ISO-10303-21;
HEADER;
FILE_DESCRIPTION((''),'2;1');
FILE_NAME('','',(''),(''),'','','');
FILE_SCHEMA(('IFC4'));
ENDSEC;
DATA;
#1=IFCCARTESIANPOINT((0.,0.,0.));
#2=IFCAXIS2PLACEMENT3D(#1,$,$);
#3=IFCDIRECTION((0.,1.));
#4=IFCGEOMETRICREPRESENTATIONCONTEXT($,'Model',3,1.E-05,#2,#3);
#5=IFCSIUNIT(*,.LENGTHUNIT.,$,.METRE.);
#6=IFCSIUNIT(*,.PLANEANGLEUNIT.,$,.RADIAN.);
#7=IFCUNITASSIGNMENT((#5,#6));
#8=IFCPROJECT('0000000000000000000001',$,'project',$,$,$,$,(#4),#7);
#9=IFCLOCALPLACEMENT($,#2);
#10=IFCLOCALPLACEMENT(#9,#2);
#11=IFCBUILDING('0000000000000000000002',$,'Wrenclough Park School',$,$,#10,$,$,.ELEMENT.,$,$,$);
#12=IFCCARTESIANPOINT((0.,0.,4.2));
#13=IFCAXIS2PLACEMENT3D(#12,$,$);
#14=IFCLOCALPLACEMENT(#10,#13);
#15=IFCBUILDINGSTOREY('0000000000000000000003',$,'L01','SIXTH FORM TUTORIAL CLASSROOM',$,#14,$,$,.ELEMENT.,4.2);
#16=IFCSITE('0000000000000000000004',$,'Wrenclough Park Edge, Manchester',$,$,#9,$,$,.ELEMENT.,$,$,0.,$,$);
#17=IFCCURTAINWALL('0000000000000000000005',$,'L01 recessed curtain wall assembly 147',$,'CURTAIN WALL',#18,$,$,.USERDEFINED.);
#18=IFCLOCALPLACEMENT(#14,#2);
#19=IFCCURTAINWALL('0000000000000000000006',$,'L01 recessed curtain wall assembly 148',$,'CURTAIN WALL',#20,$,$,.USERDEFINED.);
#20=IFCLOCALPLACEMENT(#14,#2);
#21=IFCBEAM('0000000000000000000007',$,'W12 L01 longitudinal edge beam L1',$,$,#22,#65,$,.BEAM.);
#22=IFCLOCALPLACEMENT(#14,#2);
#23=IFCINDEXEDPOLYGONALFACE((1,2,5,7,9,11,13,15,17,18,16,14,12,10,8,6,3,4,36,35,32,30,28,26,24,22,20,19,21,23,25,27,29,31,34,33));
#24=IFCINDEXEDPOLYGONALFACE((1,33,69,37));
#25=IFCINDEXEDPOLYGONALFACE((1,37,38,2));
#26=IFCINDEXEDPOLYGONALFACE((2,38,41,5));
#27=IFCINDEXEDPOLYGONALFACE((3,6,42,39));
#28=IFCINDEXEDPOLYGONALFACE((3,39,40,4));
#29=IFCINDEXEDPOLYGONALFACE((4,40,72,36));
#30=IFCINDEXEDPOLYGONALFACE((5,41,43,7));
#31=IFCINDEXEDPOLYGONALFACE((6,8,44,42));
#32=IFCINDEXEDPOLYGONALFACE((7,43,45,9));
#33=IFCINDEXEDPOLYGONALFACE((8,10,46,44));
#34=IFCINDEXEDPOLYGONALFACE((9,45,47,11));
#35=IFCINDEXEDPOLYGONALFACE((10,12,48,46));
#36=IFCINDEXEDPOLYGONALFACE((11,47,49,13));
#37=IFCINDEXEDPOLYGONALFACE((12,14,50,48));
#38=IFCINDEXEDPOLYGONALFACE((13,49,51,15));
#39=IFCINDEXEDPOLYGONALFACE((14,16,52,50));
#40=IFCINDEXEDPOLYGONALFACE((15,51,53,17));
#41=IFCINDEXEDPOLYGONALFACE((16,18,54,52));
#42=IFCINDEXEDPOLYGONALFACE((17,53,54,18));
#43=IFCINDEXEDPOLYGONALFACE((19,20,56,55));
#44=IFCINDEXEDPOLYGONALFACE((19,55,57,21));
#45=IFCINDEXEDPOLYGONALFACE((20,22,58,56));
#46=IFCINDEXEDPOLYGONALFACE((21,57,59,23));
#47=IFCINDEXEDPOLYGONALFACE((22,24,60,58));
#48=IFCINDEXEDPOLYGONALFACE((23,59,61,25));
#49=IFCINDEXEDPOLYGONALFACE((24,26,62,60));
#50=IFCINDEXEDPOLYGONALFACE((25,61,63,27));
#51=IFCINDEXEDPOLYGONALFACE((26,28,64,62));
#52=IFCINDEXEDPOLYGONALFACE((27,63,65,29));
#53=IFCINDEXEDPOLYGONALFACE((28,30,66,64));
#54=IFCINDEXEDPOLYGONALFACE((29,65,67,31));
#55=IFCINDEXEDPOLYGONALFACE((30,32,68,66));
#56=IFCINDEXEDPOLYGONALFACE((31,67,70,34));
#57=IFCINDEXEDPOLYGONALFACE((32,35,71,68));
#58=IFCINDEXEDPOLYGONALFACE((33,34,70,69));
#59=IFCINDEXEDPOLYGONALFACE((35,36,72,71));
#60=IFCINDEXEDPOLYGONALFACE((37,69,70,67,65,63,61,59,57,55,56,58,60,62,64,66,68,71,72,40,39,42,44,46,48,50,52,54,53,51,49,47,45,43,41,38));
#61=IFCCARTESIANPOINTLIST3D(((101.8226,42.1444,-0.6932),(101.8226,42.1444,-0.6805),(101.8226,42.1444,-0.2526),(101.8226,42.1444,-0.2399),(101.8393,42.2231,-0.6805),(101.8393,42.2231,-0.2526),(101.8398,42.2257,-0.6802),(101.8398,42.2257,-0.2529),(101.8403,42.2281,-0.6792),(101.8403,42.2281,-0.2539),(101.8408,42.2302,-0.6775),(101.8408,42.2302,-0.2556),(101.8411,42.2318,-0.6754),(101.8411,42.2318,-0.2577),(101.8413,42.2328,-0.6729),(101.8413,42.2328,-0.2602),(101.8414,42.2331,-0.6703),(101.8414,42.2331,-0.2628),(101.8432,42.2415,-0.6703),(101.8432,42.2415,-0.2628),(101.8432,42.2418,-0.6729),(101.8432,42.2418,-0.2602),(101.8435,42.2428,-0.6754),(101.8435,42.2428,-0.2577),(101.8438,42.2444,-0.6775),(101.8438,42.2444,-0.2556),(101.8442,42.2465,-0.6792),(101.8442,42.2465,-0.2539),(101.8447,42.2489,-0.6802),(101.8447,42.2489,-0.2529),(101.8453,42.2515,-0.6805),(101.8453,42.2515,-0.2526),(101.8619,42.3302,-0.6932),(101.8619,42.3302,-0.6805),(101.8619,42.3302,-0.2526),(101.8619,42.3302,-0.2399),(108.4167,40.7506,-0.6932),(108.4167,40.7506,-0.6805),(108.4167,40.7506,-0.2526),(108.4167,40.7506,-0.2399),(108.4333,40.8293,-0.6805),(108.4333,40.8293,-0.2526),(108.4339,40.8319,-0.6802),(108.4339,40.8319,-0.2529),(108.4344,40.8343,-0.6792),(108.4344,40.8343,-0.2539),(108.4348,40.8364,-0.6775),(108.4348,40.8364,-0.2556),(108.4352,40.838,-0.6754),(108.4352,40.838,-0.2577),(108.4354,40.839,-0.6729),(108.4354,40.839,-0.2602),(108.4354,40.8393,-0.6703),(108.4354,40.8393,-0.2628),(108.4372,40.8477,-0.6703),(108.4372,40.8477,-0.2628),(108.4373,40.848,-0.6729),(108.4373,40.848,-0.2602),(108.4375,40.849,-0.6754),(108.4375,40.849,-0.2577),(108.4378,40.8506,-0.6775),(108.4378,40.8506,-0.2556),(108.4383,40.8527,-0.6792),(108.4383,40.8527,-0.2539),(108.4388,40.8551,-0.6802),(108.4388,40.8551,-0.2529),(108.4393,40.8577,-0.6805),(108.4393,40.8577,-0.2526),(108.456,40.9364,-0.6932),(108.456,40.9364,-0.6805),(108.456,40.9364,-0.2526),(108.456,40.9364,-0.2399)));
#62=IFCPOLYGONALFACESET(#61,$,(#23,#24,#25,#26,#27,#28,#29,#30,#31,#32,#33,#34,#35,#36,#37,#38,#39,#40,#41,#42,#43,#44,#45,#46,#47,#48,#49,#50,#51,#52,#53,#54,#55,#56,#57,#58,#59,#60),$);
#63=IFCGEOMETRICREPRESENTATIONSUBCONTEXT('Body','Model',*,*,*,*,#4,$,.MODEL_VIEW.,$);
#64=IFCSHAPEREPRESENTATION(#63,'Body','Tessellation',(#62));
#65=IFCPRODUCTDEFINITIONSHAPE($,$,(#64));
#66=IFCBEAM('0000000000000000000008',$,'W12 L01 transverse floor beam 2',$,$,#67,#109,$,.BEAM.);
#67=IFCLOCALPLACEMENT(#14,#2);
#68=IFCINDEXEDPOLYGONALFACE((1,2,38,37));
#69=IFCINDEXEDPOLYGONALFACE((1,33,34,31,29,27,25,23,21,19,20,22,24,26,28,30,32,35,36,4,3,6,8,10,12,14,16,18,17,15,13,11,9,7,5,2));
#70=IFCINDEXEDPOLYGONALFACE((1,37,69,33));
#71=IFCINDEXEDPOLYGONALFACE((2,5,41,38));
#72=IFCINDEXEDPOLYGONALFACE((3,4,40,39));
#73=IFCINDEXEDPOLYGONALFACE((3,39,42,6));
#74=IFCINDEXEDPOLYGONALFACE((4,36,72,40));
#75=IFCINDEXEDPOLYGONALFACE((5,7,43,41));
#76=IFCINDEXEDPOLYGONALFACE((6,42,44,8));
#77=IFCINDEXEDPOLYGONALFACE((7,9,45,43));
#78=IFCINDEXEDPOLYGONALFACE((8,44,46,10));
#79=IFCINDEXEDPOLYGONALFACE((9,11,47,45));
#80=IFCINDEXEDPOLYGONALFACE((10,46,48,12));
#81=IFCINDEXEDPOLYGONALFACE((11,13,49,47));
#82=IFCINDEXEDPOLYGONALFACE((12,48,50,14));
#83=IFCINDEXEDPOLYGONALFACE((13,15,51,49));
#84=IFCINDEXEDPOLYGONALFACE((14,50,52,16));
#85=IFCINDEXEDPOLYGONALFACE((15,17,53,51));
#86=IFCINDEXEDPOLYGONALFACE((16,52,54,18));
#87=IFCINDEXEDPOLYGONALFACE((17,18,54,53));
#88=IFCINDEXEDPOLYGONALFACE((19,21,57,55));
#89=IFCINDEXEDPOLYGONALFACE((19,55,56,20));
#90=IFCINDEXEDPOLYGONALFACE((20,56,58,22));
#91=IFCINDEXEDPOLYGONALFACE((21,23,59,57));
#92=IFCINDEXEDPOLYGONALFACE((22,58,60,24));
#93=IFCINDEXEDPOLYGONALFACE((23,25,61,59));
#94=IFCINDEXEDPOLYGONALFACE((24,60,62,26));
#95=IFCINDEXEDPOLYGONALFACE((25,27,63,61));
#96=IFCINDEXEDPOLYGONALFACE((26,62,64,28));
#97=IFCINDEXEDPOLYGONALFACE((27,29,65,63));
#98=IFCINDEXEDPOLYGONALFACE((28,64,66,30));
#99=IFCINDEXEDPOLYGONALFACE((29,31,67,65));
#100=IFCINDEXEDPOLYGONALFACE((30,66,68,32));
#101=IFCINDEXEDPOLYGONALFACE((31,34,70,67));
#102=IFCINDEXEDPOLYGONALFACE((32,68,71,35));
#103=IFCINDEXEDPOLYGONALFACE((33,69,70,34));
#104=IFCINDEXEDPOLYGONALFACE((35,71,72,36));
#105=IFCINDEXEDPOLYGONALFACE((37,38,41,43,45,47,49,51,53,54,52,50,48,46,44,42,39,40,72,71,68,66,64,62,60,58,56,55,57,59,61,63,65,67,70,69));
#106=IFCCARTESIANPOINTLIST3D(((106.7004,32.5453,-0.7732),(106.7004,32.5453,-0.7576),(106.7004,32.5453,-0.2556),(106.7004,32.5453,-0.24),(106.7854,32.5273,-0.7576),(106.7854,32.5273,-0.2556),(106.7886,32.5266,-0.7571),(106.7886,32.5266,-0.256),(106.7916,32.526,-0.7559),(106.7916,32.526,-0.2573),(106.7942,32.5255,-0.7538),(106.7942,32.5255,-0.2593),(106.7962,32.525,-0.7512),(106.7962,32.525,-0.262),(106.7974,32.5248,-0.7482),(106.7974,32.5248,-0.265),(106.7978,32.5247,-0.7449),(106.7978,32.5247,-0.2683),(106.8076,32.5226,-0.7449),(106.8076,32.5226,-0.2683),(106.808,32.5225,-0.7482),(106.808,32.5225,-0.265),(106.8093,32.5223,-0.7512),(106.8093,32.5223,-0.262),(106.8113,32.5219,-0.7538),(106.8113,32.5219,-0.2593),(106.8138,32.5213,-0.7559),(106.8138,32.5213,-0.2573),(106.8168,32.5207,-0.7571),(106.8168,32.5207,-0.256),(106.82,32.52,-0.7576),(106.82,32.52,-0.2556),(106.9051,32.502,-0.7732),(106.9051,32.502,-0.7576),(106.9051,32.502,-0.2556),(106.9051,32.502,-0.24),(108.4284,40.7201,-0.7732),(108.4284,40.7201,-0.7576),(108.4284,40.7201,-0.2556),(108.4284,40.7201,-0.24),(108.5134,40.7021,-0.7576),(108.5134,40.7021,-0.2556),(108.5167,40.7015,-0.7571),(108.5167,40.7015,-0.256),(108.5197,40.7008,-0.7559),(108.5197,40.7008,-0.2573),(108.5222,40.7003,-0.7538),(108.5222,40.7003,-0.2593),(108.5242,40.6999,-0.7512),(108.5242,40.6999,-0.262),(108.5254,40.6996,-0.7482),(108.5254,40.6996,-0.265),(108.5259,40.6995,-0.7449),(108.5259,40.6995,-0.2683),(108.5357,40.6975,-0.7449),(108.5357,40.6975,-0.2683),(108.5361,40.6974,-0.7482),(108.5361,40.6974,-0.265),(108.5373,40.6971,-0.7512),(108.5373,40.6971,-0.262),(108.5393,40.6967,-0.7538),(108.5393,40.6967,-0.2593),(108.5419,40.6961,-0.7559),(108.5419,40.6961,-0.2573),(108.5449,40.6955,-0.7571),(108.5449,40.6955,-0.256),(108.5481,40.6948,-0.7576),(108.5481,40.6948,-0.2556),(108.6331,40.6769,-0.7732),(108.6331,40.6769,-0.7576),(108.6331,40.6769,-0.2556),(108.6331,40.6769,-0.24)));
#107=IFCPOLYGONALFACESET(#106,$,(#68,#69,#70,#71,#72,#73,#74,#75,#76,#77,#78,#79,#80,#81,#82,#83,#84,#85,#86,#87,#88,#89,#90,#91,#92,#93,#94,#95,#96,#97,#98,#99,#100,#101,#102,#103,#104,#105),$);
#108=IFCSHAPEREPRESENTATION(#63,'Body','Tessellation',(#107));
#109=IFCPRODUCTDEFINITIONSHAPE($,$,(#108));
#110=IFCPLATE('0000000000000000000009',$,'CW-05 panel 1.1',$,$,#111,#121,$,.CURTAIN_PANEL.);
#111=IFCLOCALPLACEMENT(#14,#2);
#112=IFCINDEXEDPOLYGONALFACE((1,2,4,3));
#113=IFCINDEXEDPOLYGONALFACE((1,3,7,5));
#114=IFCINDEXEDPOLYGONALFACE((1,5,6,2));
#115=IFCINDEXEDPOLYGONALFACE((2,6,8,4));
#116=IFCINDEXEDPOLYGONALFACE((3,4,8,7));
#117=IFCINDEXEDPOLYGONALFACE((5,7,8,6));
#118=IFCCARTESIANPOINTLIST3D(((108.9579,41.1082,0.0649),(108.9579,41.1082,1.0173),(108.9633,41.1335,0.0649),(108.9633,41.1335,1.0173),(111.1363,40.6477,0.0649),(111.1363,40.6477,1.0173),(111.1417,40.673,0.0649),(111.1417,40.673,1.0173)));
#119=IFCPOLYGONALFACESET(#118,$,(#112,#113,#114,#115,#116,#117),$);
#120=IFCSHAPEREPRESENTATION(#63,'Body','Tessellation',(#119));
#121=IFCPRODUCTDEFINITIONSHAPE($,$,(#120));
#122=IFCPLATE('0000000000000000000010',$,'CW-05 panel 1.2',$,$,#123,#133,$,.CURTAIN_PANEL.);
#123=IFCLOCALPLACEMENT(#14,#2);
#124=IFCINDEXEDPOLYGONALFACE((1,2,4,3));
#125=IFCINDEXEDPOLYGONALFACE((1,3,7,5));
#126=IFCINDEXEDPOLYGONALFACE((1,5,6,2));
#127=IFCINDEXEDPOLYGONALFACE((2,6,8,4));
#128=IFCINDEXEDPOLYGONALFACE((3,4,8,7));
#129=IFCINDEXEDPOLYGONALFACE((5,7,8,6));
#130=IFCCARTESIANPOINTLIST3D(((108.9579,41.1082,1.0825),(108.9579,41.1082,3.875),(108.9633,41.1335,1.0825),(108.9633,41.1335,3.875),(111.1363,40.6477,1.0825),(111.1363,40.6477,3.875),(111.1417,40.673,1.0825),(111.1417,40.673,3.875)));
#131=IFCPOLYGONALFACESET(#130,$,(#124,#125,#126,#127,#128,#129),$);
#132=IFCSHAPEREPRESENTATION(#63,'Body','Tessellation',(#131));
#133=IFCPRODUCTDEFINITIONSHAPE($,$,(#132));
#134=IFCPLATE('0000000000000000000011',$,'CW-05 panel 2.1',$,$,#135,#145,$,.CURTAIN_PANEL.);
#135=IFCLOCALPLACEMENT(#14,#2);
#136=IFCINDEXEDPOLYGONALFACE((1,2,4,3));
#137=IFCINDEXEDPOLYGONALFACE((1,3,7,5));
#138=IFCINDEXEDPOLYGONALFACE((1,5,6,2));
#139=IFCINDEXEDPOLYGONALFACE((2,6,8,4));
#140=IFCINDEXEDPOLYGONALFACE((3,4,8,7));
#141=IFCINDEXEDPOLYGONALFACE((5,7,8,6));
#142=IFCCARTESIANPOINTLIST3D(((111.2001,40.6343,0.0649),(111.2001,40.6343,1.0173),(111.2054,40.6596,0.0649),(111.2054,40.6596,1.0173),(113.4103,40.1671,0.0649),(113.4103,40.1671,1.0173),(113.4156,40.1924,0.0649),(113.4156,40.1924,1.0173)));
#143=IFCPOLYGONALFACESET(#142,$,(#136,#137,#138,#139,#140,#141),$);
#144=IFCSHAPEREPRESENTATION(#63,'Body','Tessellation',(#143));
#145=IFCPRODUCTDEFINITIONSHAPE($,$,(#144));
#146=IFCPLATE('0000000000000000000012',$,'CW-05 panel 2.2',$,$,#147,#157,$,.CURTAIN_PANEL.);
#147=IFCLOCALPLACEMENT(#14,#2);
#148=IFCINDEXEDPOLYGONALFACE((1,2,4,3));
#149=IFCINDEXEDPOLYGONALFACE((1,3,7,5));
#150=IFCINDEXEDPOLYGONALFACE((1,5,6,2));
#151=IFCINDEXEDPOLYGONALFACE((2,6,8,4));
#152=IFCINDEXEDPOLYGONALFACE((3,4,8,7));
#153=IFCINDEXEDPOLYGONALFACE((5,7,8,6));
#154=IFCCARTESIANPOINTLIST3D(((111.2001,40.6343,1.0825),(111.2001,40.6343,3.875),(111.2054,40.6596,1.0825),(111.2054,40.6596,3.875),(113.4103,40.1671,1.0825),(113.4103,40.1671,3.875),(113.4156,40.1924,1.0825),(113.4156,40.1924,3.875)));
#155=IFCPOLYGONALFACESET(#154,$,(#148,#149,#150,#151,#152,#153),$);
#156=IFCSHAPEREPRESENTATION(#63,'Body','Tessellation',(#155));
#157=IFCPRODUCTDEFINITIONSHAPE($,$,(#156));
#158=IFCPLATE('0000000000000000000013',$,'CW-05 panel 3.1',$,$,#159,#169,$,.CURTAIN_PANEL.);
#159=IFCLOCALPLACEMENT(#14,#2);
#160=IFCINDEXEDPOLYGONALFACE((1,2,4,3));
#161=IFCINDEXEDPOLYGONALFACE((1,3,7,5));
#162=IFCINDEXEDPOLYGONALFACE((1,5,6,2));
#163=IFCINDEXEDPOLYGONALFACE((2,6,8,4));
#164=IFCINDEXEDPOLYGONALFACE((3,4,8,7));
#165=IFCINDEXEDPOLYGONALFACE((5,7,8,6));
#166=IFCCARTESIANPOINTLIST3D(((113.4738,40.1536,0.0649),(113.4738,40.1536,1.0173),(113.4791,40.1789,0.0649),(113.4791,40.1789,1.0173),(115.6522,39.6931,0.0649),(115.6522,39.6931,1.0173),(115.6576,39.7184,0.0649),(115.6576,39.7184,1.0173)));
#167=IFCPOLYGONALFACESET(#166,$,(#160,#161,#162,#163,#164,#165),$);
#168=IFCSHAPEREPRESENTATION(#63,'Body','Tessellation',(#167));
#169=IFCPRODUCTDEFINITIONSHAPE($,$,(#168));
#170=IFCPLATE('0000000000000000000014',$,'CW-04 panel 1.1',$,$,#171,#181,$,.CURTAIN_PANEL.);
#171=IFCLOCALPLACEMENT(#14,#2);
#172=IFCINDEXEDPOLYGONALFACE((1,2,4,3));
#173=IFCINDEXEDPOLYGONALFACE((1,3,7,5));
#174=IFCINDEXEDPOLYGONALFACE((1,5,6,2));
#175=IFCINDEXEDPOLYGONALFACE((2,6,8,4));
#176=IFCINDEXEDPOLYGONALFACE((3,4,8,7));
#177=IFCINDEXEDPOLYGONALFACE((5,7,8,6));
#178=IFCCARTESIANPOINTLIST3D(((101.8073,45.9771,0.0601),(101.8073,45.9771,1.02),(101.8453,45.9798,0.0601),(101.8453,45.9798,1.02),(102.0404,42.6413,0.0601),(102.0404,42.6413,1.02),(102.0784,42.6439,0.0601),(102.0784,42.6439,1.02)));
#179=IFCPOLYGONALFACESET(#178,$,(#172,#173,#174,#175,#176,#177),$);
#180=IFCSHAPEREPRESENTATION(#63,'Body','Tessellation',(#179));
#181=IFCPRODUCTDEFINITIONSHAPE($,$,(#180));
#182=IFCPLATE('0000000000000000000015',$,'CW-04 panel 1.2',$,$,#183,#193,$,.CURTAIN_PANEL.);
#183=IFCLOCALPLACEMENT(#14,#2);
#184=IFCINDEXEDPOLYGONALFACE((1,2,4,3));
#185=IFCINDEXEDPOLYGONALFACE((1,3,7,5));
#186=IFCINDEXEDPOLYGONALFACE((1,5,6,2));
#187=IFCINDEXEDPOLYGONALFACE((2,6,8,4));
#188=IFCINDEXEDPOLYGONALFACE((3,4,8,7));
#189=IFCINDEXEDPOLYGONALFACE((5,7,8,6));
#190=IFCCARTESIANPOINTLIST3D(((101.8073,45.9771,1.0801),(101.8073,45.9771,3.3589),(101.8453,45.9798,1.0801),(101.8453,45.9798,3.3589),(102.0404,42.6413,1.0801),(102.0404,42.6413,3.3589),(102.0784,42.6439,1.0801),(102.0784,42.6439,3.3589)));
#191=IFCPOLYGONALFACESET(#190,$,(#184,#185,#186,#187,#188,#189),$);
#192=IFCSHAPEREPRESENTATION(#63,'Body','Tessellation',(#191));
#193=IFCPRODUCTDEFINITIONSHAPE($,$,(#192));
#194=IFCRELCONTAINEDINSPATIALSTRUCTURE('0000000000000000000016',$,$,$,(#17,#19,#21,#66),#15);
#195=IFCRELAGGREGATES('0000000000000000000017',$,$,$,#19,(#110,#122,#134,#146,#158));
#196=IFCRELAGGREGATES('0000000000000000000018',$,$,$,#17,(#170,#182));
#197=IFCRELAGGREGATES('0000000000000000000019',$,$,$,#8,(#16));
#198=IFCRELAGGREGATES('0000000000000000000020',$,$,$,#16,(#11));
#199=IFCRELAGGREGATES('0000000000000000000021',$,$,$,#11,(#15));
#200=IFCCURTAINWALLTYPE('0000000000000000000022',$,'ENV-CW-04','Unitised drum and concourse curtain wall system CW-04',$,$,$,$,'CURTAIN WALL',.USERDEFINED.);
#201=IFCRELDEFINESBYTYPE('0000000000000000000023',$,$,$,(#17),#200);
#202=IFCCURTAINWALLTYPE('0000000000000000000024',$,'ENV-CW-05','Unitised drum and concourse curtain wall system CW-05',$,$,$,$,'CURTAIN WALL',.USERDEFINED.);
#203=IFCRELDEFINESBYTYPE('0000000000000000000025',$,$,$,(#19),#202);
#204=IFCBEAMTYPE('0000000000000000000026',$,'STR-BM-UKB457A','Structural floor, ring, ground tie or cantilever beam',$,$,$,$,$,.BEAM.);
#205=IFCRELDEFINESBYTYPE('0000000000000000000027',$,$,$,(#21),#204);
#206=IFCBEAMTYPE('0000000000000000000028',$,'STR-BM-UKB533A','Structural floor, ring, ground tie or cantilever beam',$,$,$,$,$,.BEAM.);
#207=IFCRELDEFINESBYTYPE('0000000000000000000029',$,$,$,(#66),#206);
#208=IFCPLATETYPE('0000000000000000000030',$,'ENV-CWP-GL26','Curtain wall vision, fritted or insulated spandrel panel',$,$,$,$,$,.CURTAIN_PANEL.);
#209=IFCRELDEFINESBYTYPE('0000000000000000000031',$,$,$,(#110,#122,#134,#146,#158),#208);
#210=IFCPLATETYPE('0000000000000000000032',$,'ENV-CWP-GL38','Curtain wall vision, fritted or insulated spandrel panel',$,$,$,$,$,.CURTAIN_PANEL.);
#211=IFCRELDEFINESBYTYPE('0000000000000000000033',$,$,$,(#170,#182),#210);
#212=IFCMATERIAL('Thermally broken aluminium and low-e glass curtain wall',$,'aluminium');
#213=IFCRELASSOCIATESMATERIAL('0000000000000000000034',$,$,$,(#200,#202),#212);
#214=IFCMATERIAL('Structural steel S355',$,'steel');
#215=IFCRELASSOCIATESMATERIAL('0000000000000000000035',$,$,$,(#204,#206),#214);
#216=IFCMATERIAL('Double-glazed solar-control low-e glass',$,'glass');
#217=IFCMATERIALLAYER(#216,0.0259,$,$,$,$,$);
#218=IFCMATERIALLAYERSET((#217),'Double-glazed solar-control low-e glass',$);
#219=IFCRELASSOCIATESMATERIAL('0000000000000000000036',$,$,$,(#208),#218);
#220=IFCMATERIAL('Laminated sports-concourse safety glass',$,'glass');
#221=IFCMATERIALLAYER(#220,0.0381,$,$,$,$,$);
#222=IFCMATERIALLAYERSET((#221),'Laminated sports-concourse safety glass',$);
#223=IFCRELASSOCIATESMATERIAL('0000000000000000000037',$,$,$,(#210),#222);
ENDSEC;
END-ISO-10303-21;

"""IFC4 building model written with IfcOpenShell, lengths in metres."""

from ifc_helpers import new_model, si_unit, direction, frame, origin, origin_2d, place, context, subcontext, project, spatial, rectangle, i_section, extrude, material, layer, layer_set, material_profile, profile_set, type_object, element, aggregate, save


model = new_model("IFC4")

# Units and contexts
model_context = context("Model", 3, precision=1e-05, world=origin(), true_north=direction((0.0, 1.0)))
body_context = subcontext(model_context, "Body", "Model", "MODEL_VIEW")
ifc_project = project(units=[si_unit("LENGTHUNIT", "METRE"), si_unit("PLANEANGLEUNIT", "RADIAN")], contexts=[model_context])

# Site, building, storey
site_placement = place(None, origin())
site = spatial("IfcSite", under=ifc_project, at=site_placement, Name="Wrenclough Park Edge, Manchester", CompositionType="ELEMENT", RefElevation=0.0)
building_placement = place(site_placement, origin())
building = spatial("IfcBuilding", under=site, at=building_placement, Name="Wrenclough Park School", CompositionType="ELEMENT")
storey_placement = place(building_placement, frame((0.0, 0.0, 4.2)))
storey = spatial("IfcBuildingStorey", under=building, at=storey_placement, Name="L01", Description="SIXTH FORM TUTORIAL CLASSROOM", CompositionType="ELEMENT", Elevation=4.2)

# Shared definitions
ifc_material_1 = material(Name="Structural steel S355", Category="steel")

# Curtain wall
ifc_material_2 = material(Name="Thermally broken aluminium and low-e glass curtain wall", Category="aluminium")
curtain_wall_type_1 = type_object("IfcCurtainWallType", Name="ENV-CW-04", Description="Unitised drum and concourse curtain wall system CW-04", ElementType="CURTAIN WALL", PredefinedType="USERDEFINED", material=ifc_material_2)
curtain_wall_1_placement = place(storey_placement, origin())
curtain_wall_1 = element("IfcCurtainWall", 1, at=curtain_wall_1_placement, inside=storey, type_object=curtain_wall_type_1, Name="L01 recessed curtain wall assembly 147", ObjectType="CURTAIN WALL", PredefinedType="USERDEFINED")

# Curtain wall
curtain_wall_type_2 = type_object("IfcCurtainWallType", Name="ENV-CW-05", Description="Unitised drum and concourse curtain wall system CW-05", ElementType="CURTAIN WALL", PredefinedType="USERDEFINED", material=ifc_material_2)
curtain_wall_2_placement = place(storey_placement, origin())
curtain_wall_2 = element("IfcCurtainWall", 2, at=curtain_wall_2_placement, inside=storey, type_object=curtain_wall_type_2, Name="L01 recessed curtain wall assembly 148", ObjectType="CURTAIN WALL", PredefinedType="USERDEFINED")

# Beams
ifc_material_profile_1 = material_profile(ifc_material_1, i_section(OverallWidth=0.1899, OverallDepth=0.4534, WebThickness=0.0085, FlangeThickness=0.0127, FilletRadius=0.0103, at=origin_2d()), Name="UKB 457x191x67")
ifc_profile_set_1 = profile_set([ifc_material_profile_1], Name="Structural steel S355")
beam_type_1 = type_object("IfcBeamType", Name="STR-BM-UKB457A", Description="Structural floor, ring, ground tie or cantilever beam", PredefinedType="BEAM", material=ifc_profile_set_1)
beam_1_placement = place(storey_placement, frame((101.8423, 42.2373, -0.4666), z_axis=(0.978382, -0.206805, 0.0), x_axis=(0.206805, 0.978382, 0.0)))
element("IfcBeam", 3, at=beam_1_placement, inside=storey, type_object=beam_type_1, Name="W12 L01 longitudinal edge beam L1", PredefinedType="BEAM", context=body_context, shape_type="SweptSolid", body=[
    extrude(i_section(OverallWidth=0.1899, OverallDepth=0.4534, WebThickness=0.0085, FlangeThickness=0.0127, FilletRadius=0.0103, at=origin_2d()), origin(), (0.0, 0.0, 1.0), 6.7397),
])
ifc_material_profile_2 = material_profile(ifc_material_1, i_section(OverallWidth=0.2092, OverallDepth=0.5332, WebThickness=0.01, FlangeThickness=0.0156, FilletRadius=0.0127, at=origin_2d()), Name="UKB 533x210x92")
ifc_profile_set_2 = profile_set([ifc_material_profile_2], Name="Structural steel S355")
beam_type_2 = type_object("IfcBeamType", Name="STR-BM-UKB533A", Description="Structural floor, ring, ground tie or cantilever beam", PredefinedType="BEAM", material=ifc_profile_set_2)
beam_2_placement = place(storey_placement, frame((108.5308, 40.6985, -0.5066), z_axis=(-0.206814, -0.97838, 0.0), x_axis=(0.97838, -0.206814, 0.0)))
element("IfcBeam", 4, at=beam_2_placement, inside=storey, type_object=beam_type_2, Name="W12 L01 transverse floor beam 2", PredefinedType="BEAM", context=body_context, shape_type="SweptSolid", body=[
    extrude(i_section(OverallWidth=0.2092, OverallDepth=0.5332, WebThickness=0.01, FlangeThickness=0.0156, FilletRadius=0.0127, at=origin_2d()), origin(), (0.0, 0.0, 1.0), 8.3555),
])

# Plates
ifc_material_3 = material(Name="Double-glazed solar-control low-e glass", Category="glass")
ifc_layer_1 = layer(ifc_material_3, 0.0259)
ifc_layer_set_1 = layer_set([ifc_layer_1], Name="Double-glazed solar-control low-e glass")
plate_type_1 = type_object("IfcPlateType", Name="ENV-CWP-GL26", Description="Curtain wall vision, fritted or insulated spandrel panel", PredefinedType="CURTAIN_PANEL", material=ifc_layer_set_1)
plate_1_placement = place(storey_placement, frame((110.0498, 40.8906, 0.0649), z_axis=(0.0, 0.0, 1.0), x_axis=(0.978379, -0.20682, 0.0)))
plate_1 = element("IfcPlate", 5, at=plate_1_placement, type_object=plate_type_1, Name="CW-05 panel 1.1", PredefinedType="CURTAIN_PANEL", context=body_context, shape_type="SweptSolid", body=[
    extrude(rectangle(XDim=2.2266, YDim=0.0259, at=origin_2d()), origin(), (0.0, 0.0, 1.0), 0.9524),
])
plate_2_placement = place(storey_placement, frame((110.0498, 40.8906, 1.0825), z_axis=(0.0, 0.0, 1.0), x_axis=(0.978379, -0.20682, 0.0)))
plate_2 = element("IfcPlate", 6, at=plate_2_placement, type_object=plate_type_1, Name="CW-05 panel 1.2", PredefinedType="CURTAIN_PANEL", context=body_context, shape_type="SweptSolid", body=[
    extrude(rectangle(XDim=2.2266, YDim=0.0259, at=origin_2d()), origin(), (0.0, 0.0, 1.0), 2.7925),
])
plate_3_placement = place(storey_placement, frame((112.3079, 40.4133, 0.0649), z_axis=(0.0, 0.0, 1.0), x_axis=(0.978379, -0.20682, 0.0)))
plate_3 = element("IfcPlate", 7, at=plate_3_placement, type_object=plate_type_1, Name="CW-05 panel 2.1", PredefinedType="CURTAIN_PANEL", context=body_context, shape_type="SweptSolid", body=[
    extrude(rectangle(XDim=2.259, YDim=0.0259, at=origin_2d()), origin(), (0.0, 0.0, 1.0), 0.9524),
])
plate_4_placement = place(storey_placement, frame((112.3079, 40.4133, 1.0825), z_axis=(0.0, 0.0, 1.0), x_axis=(0.978379, -0.20682, 0.0)))
plate_4 = element("IfcPlate", 8, at=plate_4_placement, type_object=plate_type_1, Name="CW-05 panel 2.2", PredefinedType="CURTAIN_PANEL", context=body_context, shape_type="SweptSolid", body=[
    extrude(rectangle(XDim=2.259, YDim=0.0259, at=origin_2d()), origin(), (0.0, 0.0, 1.0), 2.7925),
])
plate_5_placement = place(storey_placement, frame((114.5657, 39.936, 0.0649), z_axis=(0.0, 0.0, 1.0), x_axis=(0.978379, -0.20682, 0.0)))
plate_5 = element("IfcPlate", 9, at=plate_5_placement, type_object=plate_type_1, Name="CW-05 panel 3.1", PredefinedType="CURTAIN_PANEL", context=body_context, shape_type="SweptSolid", body=[
    extrude(rectangle(XDim=2.2266, YDim=0.0259, at=origin_2d()), origin(), (0.0, 0.0, 1.0), 0.9524),
])
aggregate(curtain_wall_2, [plate_1, plate_2, plate_3, plate_4, plate_5])
ifc_material_4 = material(Name="Laminated sports-concourse safety glass", Category="glass")
ifc_layer_2 = layer(ifc_material_4, 0.0381)
ifc_layer_set_2 = layer_set([ifc_layer_2], Name="Laminated sports-concourse safety glass")
plate_type_2 = type_object("IfcPlateType", Name="ENV-CWP-GL38", Description="Curtain wall vision, fritted or insulated spandrel panel", PredefinedType="CURTAIN_PANEL", material=ifc_layer_set_2)
plate_6_placement = place(storey_placement, frame((101.9429, 44.3105, 0.0601), z_axis=(0.0, 0.0, 1.0), x_axis=(0.069719, -0.997567, 0.0)))
plate_6 = element("IfcPlate", 10, at=plate_6_placement, type_object=plate_type_2, Name="CW-04 panel 1.1", PredefinedType="CURTAIN_PANEL", context=body_context, shape_type="SweptSolid", body=[
    extrude(rectangle(XDim=3.344, YDim=0.0381, at=origin_2d()), origin(), (0.0, 0.0, 1.0), 0.96),
])
plate_7_placement = place(storey_placement, frame((101.9429, 44.3105, 1.0801), z_axis=(0.0, 0.0, 1.0), x_axis=(0.069719, -0.997567, 0.0)))
plate_7 = element("IfcPlate", 11, at=plate_7_placement, type_object=plate_type_2, Name="CW-04 panel 1.2", PredefinedType="CURTAIN_PANEL", context=body_context, shape_type="SweptSolid", body=[
    extrude(rectangle(XDim=3.344, YDim=0.0381, at=origin_2d()), origin(), (0.0, 0.0, 1.0), 2.2788),
])
aggregate(curtain_wall_1, [plate_6, plate_7])

save(model, "model.ifc")
